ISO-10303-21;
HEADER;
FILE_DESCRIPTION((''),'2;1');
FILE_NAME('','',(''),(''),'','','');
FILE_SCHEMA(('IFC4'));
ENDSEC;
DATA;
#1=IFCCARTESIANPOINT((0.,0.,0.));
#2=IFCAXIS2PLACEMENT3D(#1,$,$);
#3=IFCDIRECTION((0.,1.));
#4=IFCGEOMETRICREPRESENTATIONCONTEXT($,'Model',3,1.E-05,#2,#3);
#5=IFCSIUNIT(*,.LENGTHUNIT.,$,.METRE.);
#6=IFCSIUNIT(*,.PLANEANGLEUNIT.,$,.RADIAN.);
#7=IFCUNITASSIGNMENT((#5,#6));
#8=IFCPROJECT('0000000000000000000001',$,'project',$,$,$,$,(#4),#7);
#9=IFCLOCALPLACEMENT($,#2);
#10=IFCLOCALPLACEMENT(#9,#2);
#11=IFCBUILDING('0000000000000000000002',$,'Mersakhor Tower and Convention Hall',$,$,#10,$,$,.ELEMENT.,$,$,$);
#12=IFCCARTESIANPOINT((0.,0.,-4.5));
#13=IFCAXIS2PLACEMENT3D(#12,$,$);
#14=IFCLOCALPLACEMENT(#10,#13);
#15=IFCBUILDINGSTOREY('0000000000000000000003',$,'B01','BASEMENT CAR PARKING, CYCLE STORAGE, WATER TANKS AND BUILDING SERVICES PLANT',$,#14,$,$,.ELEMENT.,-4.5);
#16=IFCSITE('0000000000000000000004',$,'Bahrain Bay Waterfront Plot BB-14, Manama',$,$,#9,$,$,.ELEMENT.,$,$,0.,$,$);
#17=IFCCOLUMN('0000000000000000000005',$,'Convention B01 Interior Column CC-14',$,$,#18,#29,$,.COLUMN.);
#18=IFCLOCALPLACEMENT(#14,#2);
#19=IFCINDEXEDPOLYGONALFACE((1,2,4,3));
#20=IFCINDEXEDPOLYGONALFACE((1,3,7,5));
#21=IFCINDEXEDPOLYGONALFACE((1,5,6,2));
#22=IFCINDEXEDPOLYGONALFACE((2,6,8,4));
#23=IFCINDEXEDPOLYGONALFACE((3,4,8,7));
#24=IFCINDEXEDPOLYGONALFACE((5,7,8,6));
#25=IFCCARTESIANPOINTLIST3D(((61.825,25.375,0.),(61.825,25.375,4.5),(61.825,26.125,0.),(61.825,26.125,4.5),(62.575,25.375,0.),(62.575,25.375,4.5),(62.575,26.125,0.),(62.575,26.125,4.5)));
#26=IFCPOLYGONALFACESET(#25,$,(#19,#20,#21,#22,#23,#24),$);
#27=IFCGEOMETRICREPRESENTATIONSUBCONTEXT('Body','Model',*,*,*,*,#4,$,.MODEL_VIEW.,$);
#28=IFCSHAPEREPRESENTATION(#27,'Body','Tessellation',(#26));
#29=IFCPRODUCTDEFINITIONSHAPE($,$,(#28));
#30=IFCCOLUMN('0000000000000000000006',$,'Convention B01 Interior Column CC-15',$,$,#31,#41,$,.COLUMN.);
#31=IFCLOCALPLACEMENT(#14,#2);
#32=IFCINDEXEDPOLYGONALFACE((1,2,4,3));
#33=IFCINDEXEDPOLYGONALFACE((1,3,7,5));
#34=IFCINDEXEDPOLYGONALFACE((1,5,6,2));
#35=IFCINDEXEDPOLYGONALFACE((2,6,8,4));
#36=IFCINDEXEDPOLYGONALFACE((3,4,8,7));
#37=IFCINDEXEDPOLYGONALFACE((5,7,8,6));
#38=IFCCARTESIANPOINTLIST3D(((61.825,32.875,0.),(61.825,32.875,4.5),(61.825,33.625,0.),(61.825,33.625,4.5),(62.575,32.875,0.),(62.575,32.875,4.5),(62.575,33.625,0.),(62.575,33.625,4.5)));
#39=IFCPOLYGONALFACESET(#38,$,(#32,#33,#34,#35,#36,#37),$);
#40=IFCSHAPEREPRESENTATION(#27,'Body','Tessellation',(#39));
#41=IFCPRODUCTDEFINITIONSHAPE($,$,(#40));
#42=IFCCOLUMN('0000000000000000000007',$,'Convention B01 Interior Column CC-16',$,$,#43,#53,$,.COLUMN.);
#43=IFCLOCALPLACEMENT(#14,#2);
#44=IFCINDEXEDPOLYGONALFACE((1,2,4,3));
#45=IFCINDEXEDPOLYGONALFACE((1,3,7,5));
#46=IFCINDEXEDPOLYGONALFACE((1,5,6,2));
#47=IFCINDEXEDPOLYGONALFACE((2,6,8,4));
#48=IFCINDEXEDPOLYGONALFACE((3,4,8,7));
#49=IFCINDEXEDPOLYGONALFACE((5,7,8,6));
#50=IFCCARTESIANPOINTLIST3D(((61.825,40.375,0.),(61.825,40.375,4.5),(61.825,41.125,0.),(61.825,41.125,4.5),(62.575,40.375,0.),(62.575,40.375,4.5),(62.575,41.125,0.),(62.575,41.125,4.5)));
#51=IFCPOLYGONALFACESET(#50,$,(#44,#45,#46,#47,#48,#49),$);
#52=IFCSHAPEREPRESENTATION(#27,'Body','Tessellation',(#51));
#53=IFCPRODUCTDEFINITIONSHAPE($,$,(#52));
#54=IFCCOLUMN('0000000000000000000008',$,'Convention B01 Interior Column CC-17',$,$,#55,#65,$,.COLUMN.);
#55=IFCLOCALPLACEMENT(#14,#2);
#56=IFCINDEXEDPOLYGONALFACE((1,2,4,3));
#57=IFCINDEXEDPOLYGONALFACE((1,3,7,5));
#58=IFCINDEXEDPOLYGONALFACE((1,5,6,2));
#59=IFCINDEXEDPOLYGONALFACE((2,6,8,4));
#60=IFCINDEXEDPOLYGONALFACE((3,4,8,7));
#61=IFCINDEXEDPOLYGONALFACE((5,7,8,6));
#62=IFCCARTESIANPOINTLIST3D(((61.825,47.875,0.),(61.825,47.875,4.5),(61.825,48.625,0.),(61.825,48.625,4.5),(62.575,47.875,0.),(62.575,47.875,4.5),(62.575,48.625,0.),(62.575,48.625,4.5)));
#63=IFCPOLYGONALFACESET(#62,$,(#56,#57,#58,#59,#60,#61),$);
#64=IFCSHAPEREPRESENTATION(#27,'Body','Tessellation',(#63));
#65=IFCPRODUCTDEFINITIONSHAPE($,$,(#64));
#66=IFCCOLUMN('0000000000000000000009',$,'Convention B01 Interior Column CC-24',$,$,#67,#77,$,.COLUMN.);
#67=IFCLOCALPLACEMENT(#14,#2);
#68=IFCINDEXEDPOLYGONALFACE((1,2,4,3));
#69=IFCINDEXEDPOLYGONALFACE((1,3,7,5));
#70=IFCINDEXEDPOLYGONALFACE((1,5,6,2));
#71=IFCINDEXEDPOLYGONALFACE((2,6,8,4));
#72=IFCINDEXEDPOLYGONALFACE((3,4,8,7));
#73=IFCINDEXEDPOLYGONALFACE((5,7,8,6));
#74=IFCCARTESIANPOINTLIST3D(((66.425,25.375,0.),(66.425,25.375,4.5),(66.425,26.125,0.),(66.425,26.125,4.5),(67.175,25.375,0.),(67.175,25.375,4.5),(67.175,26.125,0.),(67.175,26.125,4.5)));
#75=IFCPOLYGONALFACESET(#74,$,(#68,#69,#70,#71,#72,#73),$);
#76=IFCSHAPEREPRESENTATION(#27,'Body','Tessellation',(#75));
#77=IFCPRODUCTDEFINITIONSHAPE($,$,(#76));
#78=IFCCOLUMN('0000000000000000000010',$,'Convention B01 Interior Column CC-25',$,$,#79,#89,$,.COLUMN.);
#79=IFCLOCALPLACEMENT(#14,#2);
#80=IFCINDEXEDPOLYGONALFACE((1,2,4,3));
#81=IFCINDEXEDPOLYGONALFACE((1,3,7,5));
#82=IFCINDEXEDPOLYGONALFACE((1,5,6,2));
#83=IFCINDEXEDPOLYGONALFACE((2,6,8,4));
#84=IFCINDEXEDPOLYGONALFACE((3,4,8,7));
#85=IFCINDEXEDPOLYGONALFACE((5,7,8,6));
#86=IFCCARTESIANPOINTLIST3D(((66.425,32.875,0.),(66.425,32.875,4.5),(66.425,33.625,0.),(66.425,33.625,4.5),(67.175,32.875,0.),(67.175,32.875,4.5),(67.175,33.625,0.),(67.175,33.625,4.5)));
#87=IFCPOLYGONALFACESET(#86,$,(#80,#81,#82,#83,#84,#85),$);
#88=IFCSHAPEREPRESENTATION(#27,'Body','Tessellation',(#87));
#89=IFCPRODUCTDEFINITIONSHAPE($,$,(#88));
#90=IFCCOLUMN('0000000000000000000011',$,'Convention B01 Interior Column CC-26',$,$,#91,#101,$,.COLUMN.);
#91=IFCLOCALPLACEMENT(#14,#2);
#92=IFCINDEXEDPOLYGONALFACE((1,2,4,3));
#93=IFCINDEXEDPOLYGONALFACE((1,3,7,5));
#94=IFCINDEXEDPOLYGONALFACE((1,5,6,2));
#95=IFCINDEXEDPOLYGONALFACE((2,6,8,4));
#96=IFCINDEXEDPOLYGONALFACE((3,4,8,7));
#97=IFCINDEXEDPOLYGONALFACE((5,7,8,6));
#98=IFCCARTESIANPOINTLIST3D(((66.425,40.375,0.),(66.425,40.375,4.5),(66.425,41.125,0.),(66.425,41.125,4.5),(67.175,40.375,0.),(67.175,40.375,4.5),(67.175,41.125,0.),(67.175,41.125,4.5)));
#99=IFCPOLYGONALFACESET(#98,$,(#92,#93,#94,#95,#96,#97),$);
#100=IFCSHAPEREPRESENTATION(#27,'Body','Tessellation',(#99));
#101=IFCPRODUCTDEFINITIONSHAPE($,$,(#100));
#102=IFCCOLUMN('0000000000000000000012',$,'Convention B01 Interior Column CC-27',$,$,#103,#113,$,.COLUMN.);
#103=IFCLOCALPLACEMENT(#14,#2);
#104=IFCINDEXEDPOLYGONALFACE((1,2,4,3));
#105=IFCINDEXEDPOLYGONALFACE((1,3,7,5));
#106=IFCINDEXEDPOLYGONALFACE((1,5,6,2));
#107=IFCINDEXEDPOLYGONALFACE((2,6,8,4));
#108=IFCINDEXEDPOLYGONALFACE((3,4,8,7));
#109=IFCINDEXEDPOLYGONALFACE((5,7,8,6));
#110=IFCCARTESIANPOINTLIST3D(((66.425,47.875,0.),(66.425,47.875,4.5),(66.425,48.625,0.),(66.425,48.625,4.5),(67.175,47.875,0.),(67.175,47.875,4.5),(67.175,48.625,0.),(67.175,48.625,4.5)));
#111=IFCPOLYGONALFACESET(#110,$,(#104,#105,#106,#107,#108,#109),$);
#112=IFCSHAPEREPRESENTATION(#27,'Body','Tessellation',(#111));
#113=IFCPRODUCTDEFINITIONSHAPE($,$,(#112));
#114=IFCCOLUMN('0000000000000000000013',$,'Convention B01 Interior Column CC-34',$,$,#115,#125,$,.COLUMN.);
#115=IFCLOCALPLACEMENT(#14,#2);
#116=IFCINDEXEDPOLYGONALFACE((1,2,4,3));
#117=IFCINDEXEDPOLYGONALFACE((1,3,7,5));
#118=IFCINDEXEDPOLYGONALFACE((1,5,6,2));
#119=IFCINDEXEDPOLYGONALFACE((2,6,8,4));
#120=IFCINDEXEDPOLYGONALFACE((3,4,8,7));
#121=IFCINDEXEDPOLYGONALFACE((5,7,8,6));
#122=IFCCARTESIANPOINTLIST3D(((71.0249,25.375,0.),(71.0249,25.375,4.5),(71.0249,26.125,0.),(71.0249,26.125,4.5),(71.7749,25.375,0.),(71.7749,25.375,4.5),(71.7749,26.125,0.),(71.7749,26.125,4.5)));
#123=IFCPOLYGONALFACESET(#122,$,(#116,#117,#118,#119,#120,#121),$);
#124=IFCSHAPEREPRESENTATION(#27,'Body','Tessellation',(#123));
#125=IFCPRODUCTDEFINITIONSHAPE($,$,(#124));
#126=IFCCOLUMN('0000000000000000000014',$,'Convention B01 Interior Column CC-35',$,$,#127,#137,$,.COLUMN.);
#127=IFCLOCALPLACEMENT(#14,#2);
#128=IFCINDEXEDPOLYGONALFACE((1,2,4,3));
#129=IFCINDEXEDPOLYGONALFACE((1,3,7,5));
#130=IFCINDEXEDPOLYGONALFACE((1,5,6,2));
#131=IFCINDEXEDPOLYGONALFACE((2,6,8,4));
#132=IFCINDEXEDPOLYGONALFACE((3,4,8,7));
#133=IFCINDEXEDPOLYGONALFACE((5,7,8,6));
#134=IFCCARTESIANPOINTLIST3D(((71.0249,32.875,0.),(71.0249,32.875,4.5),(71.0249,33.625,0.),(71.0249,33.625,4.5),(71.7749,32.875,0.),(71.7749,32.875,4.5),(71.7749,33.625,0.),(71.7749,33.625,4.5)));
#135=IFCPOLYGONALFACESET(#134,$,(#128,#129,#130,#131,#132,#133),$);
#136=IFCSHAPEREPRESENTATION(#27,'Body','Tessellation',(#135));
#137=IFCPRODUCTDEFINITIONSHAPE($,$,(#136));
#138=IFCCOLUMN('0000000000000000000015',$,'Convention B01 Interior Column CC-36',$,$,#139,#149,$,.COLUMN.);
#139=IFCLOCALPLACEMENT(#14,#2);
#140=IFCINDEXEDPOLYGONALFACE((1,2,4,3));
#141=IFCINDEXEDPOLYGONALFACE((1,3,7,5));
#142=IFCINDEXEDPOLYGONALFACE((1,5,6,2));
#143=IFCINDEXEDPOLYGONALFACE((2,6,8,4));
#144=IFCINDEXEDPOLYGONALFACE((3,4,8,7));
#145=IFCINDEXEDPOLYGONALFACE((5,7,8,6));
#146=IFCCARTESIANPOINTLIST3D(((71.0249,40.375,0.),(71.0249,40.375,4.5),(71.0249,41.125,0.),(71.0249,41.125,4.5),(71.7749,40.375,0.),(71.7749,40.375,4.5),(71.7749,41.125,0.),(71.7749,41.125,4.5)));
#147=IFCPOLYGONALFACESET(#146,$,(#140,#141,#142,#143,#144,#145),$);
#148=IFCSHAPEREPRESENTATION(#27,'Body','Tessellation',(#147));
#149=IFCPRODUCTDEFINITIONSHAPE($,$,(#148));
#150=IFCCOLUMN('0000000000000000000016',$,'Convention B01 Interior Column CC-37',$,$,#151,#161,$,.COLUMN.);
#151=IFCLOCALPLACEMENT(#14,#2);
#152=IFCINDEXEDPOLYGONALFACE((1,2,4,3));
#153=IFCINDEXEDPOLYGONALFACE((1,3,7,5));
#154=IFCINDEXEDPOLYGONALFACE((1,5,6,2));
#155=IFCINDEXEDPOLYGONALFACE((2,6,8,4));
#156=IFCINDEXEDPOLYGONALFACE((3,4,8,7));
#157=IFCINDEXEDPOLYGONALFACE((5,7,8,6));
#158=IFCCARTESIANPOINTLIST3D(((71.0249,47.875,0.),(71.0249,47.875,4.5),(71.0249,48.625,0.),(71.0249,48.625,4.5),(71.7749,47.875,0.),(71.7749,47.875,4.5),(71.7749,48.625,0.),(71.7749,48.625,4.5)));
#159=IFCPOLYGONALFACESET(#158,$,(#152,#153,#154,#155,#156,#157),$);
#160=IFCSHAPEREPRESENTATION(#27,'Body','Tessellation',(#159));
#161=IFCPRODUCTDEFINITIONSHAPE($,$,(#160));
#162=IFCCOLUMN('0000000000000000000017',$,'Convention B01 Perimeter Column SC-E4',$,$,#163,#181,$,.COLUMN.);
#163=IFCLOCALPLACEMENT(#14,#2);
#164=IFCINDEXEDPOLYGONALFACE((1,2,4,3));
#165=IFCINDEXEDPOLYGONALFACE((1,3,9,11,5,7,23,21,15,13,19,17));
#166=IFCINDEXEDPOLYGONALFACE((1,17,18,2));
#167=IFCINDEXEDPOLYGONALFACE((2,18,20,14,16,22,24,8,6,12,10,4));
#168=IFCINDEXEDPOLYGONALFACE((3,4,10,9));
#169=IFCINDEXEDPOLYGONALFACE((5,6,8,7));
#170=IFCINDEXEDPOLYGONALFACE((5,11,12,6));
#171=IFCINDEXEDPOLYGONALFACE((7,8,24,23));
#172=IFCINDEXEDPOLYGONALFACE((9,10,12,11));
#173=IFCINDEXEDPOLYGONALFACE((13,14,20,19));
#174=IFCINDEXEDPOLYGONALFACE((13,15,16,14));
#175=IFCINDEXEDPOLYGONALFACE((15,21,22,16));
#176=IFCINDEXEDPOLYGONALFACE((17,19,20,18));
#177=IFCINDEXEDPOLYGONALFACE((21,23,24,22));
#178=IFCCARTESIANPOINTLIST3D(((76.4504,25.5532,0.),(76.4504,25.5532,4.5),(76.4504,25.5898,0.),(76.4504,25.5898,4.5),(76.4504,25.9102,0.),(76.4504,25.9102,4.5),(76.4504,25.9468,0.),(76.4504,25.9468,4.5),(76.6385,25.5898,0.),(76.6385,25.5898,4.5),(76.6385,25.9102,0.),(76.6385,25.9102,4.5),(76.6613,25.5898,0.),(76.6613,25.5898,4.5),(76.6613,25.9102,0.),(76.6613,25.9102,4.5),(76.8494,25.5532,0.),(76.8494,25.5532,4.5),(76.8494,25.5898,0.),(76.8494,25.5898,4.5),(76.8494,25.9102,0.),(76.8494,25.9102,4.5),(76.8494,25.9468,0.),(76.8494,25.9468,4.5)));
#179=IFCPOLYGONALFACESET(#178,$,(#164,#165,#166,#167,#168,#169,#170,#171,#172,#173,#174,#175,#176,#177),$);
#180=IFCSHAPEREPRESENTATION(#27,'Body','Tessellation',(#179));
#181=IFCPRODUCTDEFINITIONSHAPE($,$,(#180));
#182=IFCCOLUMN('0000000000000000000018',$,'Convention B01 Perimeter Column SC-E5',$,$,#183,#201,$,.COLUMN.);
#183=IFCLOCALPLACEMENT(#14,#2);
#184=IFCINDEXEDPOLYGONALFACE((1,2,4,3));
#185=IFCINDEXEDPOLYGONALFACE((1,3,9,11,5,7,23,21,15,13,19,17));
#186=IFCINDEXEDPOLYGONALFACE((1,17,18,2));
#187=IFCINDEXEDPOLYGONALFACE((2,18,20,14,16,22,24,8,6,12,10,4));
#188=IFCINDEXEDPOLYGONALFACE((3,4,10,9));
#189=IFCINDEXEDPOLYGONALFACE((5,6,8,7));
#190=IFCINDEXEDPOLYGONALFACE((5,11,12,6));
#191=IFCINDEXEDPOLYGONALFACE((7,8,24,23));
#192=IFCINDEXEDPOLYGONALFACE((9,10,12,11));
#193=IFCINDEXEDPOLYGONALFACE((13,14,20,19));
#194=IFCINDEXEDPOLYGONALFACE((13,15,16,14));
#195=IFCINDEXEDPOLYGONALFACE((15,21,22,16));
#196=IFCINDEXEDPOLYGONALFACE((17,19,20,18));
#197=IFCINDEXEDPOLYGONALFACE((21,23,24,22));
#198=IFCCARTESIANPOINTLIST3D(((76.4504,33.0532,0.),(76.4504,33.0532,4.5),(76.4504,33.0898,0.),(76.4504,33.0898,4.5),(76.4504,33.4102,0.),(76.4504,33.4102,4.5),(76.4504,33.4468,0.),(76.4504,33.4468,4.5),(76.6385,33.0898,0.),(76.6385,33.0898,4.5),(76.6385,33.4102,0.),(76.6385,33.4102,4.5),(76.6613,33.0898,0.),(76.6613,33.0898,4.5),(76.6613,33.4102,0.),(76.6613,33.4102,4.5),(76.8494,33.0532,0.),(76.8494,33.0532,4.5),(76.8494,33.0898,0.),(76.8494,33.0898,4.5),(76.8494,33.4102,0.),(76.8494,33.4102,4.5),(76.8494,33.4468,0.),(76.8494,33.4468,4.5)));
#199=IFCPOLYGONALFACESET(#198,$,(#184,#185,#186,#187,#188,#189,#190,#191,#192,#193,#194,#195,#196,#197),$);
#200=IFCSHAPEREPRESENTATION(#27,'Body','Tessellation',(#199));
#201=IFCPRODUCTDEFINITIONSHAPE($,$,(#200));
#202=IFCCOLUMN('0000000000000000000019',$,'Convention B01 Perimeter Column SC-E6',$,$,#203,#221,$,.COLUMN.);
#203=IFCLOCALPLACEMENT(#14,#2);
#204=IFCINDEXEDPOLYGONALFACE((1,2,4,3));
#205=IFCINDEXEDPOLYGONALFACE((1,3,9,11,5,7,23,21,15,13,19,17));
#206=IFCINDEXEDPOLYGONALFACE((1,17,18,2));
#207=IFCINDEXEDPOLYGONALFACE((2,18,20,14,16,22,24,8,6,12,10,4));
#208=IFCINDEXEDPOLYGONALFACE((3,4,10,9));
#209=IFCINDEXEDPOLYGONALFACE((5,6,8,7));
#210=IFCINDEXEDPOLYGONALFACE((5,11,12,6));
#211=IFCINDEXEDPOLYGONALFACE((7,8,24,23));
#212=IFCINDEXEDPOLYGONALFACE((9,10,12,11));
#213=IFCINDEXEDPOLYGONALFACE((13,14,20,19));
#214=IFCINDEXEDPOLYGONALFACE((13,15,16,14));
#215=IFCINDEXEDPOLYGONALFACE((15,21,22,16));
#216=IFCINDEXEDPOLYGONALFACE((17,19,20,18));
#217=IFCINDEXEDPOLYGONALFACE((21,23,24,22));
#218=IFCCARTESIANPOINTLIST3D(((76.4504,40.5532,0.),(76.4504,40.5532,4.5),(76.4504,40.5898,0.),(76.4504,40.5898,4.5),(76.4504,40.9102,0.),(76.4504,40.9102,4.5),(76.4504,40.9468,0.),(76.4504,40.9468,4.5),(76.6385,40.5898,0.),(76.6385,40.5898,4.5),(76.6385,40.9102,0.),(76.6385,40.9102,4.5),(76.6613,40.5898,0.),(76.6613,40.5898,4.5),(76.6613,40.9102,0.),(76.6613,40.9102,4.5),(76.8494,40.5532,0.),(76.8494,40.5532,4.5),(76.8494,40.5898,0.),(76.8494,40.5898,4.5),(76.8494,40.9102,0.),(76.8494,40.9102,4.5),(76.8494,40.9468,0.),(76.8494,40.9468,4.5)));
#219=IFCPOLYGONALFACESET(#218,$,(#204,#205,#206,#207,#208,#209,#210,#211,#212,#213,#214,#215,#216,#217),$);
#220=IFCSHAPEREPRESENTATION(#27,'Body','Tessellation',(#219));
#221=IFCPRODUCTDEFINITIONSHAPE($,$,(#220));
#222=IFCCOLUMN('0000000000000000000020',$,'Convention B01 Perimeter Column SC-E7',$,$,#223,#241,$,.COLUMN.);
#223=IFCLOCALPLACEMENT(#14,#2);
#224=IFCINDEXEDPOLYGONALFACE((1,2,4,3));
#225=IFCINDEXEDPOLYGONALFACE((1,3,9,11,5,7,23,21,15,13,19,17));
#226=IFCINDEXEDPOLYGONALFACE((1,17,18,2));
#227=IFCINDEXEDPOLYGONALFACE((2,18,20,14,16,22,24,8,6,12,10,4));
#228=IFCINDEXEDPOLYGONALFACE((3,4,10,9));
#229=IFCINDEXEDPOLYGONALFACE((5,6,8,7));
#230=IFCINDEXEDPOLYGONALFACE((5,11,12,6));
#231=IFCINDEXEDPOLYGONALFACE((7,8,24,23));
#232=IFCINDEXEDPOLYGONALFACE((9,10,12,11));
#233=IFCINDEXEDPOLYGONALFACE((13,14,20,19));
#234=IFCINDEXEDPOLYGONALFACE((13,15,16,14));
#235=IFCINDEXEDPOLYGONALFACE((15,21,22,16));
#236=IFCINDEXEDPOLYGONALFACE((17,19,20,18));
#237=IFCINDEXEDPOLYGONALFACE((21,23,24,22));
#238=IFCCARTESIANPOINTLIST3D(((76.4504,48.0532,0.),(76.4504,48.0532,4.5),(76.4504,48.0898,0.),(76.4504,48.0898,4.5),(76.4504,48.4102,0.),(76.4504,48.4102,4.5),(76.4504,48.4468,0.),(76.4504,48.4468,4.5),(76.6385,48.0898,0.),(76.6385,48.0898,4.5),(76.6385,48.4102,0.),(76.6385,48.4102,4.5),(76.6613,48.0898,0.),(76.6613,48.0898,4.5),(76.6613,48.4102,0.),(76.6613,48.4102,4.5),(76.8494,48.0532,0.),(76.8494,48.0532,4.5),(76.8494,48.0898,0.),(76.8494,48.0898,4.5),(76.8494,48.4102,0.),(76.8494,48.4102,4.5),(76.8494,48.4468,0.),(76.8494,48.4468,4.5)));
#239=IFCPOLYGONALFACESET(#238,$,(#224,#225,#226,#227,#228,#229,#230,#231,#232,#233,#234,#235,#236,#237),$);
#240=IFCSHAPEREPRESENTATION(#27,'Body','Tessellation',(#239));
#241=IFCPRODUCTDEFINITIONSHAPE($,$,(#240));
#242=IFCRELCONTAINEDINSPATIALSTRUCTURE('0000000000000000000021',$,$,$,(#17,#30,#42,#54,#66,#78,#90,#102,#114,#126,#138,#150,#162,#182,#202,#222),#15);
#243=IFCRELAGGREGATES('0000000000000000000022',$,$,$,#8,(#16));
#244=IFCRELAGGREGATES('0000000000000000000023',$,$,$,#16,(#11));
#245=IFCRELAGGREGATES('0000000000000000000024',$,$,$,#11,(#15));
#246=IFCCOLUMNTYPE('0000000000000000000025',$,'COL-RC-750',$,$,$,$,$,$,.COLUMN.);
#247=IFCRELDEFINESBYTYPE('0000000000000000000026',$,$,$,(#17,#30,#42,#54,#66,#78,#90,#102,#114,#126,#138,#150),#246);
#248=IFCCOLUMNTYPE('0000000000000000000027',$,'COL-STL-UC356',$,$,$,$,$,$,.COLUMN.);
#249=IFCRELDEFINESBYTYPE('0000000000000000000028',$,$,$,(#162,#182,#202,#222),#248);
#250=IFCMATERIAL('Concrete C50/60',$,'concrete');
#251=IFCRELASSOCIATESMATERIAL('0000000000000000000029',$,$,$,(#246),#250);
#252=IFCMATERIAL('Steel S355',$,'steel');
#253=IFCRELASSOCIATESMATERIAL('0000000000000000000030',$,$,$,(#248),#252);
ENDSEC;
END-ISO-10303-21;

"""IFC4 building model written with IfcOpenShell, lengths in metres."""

from ifc_helpers import new_model, si_unit, direction, frame, origin, origin_2d, place, context, subcontext, project, spatial, rectangle, i_section, extrude, material, material_profile, profile_set, type_object, element, save


model = new_model("IFC4")

# Units and contexts
model_context = context("Model", 3, precision=1e-05, world=origin(), true_north=direction((0.0, 1.0)))
body_context = subcontext(model_context, "Body", "Model", "MODEL_VIEW")
ifc_project = project(units=[si_unit("LENGTHUNIT", "METRE"), si_unit("PLANEANGLEUNIT", "RADIAN")], contexts=[model_context])

# Site, building, storey
site_placement = place(None, origin())
site = spatial("IfcSite", under=ifc_project, at=site_placement, Name="Bahrain Bay Waterfront Plot BB-14, Manama", CompositionType="ELEMENT", RefElevation=0.0)
building_placement = place(site_placement, origin())
building = spatial("IfcBuilding", under=site, at=building_placement, Name="Mersakhor Tower and Convention Hall", CompositionType="ELEMENT")
storey_placement = place(building_placement, frame((0.0, 0.0, -4.5)))
storey = spatial("IfcBuildingStorey", under=building, at=storey_placement, Name="B01", Description="BASEMENT CAR PARKING, CYCLE STORAGE, WATER TANKS AND BUILDING SERVICES PLANT", CompositionType="ELEMENT", Elevation=-4.5)

# Columns
ifc_material_1 = material(Name="Concrete C50/60", Category="concrete")
ifc_material_profile_1 = material_profile(ifc_material_1, rectangle(XDim=0.75, YDim=0.75, at=origin_2d()), Name="RC 750x750")
ifc_profile_set_1 = profile_set([ifc_material_profile_1], Name="Concrete C50/60")
column_type_1 = type_object("IfcColumnType", Name="COL-RC-750", PredefinedType="COLUMN", material=ifc_profile_set_1)
for number, where, z_axis, x_axis, name in (
    (1, (62.2, 25.75, 0.0), (0.0, 0.0, 1.0), (1.0, 0.0, 0.0), "Convention B01 Interior Column CC-14"),
    (2, (62.2, 33.25, 0.0), (0.0, 0.0, 1.0), (1.0, 0.0, 0.0), "Convention B01 Interior Column CC-15"),
    (3, (62.2, 40.75, 0.0), (0.0, 0.0, 1.0), (1.0, 0.0, 0.0), "Convention B01 Interior Column CC-16"),
    (4, (62.2, 48.25, 0.0), (0.0, 0.0, 1.0), (1.0, 0.0, 0.0), "Convention B01 Interior Column CC-17"),
    (5, (66.8, 25.75, 0.0), (0.0, 0.0, 1.0), (1.0, 0.0, 0.0), "Convention B01 Interior Column CC-24"),
    (6, (66.8, 33.25, 0.0), (0.0, 0.0, 1.0), (1.0, 0.0, 0.0), "Convention B01 Interior Column CC-25"),
    (7, (66.8, 40.75, 0.0), (0.0, 0.0, 1.0), (1.0, 0.0, 0.0), "Convention B01 Interior Column CC-26"),
    (8, (66.8, 48.25, 0.0), (0.0, 0.0, 1.0), (1.0, 0.0, 0.0), "Convention B01 Interior Column CC-27"),
    (9, (71.3999, 25.75, 0.0), (0.0, 0.0, 1.0), (1.0, 0.0, 0.0), "Convention B01 Interior Column CC-34"),
    (10, (71.3999, 33.25, 0.0), (0.0, 0.0, 1.0), (1.0, 0.0, 0.0), "Convention B01 Interior Column CC-35"),
    (11, (71.3999, 40.75, 0.0), (0.0, 0.0, 1.0), (1.0, 0.0, 0.0), "Convention B01 Interior Column CC-36"),
    (12, (71.3999, 48.25, 0.0), (0.0, 0.0, 1.0), (1.0, 0.0, 0.0), "Convention B01 Interior Column CC-37"),
):
    element("IfcColumn", number, at=place(storey_placement, frame(where, z_axis=z_axis, x_axis=x_axis)), inside=storey, type_object=column_type_1, Name=name, PredefinedType="COLUMN", context=body_context, shape_type="SweptSolid", body=[
        extrude(rectangle(XDim=0.75, YDim=0.75, at=origin_2d()), origin(), (0.0, 0.0, 1.0), 4.5),
    ])
ifc_material_2 = material(Name="Steel S355", Category="steel")
ifc_material_profile_2 = material_profile(ifc_material_2, i_section(OverallWidth=0.3989, OverallDepth=0.3936, WebThickness=0.0227, FlangeThickness=0.0366, at=origin_2d()), Name="UC 356x406x287")
ifc_profile_set_2 = profile_set([ifc_material_profile_2], Name="Steel S355")
column_type_2 = type_object("IfcColumnType", Name="COL-STL-UC356", PredefinedType="COLUMN", material=ifc_profile_set_2)
for number, where, z_axis, x_axis, name in (
    (13, (76.6499, 25.75, 0.0), (0.0, 0.0, 1.0), (1.0, 0.0, 0.0), "Convention B01 Perimeter Column SC-E4"),
    (14, (76.6499, 33.25, 0.0), (0.0, 0.0, 1.0), (1.0, 0.0, 0.0), "Convention B01 Perimeter Column SC-E5"),
    (15, (76.6499, 40.75, 0.0), (0.0, 0.0, 1.0), (1.0, 0.0, 0.0), "Convention B01 Perimeter Column SC-E6"),
    (16, (76.6499, 48.25, 0.0), (0.0, 0.0, 1.0), (1.0, 0.0, 0.0), "Convention B01 Perimeter Column SC-E7"),
):
    element("IfcColumn", number, at=place(storey_placement, frame(where, z_axis=z_axis, x_axis=x_axis)), inside=storey, type_object=column_type_2, Name=name, PredefinedType="COLUMN", context=body_context, shape_type="SweptSolid", body=[
        extrude(i_section(OverallWidth=0.3989, OverallDepth=0.3936, WebThickness=0.0227, FlangeThickness=0.0366, at=origin_2d()), origin(), (0.0, 0.0, 1.0), 4.5),
    ])

save(model, "model.ifc")
